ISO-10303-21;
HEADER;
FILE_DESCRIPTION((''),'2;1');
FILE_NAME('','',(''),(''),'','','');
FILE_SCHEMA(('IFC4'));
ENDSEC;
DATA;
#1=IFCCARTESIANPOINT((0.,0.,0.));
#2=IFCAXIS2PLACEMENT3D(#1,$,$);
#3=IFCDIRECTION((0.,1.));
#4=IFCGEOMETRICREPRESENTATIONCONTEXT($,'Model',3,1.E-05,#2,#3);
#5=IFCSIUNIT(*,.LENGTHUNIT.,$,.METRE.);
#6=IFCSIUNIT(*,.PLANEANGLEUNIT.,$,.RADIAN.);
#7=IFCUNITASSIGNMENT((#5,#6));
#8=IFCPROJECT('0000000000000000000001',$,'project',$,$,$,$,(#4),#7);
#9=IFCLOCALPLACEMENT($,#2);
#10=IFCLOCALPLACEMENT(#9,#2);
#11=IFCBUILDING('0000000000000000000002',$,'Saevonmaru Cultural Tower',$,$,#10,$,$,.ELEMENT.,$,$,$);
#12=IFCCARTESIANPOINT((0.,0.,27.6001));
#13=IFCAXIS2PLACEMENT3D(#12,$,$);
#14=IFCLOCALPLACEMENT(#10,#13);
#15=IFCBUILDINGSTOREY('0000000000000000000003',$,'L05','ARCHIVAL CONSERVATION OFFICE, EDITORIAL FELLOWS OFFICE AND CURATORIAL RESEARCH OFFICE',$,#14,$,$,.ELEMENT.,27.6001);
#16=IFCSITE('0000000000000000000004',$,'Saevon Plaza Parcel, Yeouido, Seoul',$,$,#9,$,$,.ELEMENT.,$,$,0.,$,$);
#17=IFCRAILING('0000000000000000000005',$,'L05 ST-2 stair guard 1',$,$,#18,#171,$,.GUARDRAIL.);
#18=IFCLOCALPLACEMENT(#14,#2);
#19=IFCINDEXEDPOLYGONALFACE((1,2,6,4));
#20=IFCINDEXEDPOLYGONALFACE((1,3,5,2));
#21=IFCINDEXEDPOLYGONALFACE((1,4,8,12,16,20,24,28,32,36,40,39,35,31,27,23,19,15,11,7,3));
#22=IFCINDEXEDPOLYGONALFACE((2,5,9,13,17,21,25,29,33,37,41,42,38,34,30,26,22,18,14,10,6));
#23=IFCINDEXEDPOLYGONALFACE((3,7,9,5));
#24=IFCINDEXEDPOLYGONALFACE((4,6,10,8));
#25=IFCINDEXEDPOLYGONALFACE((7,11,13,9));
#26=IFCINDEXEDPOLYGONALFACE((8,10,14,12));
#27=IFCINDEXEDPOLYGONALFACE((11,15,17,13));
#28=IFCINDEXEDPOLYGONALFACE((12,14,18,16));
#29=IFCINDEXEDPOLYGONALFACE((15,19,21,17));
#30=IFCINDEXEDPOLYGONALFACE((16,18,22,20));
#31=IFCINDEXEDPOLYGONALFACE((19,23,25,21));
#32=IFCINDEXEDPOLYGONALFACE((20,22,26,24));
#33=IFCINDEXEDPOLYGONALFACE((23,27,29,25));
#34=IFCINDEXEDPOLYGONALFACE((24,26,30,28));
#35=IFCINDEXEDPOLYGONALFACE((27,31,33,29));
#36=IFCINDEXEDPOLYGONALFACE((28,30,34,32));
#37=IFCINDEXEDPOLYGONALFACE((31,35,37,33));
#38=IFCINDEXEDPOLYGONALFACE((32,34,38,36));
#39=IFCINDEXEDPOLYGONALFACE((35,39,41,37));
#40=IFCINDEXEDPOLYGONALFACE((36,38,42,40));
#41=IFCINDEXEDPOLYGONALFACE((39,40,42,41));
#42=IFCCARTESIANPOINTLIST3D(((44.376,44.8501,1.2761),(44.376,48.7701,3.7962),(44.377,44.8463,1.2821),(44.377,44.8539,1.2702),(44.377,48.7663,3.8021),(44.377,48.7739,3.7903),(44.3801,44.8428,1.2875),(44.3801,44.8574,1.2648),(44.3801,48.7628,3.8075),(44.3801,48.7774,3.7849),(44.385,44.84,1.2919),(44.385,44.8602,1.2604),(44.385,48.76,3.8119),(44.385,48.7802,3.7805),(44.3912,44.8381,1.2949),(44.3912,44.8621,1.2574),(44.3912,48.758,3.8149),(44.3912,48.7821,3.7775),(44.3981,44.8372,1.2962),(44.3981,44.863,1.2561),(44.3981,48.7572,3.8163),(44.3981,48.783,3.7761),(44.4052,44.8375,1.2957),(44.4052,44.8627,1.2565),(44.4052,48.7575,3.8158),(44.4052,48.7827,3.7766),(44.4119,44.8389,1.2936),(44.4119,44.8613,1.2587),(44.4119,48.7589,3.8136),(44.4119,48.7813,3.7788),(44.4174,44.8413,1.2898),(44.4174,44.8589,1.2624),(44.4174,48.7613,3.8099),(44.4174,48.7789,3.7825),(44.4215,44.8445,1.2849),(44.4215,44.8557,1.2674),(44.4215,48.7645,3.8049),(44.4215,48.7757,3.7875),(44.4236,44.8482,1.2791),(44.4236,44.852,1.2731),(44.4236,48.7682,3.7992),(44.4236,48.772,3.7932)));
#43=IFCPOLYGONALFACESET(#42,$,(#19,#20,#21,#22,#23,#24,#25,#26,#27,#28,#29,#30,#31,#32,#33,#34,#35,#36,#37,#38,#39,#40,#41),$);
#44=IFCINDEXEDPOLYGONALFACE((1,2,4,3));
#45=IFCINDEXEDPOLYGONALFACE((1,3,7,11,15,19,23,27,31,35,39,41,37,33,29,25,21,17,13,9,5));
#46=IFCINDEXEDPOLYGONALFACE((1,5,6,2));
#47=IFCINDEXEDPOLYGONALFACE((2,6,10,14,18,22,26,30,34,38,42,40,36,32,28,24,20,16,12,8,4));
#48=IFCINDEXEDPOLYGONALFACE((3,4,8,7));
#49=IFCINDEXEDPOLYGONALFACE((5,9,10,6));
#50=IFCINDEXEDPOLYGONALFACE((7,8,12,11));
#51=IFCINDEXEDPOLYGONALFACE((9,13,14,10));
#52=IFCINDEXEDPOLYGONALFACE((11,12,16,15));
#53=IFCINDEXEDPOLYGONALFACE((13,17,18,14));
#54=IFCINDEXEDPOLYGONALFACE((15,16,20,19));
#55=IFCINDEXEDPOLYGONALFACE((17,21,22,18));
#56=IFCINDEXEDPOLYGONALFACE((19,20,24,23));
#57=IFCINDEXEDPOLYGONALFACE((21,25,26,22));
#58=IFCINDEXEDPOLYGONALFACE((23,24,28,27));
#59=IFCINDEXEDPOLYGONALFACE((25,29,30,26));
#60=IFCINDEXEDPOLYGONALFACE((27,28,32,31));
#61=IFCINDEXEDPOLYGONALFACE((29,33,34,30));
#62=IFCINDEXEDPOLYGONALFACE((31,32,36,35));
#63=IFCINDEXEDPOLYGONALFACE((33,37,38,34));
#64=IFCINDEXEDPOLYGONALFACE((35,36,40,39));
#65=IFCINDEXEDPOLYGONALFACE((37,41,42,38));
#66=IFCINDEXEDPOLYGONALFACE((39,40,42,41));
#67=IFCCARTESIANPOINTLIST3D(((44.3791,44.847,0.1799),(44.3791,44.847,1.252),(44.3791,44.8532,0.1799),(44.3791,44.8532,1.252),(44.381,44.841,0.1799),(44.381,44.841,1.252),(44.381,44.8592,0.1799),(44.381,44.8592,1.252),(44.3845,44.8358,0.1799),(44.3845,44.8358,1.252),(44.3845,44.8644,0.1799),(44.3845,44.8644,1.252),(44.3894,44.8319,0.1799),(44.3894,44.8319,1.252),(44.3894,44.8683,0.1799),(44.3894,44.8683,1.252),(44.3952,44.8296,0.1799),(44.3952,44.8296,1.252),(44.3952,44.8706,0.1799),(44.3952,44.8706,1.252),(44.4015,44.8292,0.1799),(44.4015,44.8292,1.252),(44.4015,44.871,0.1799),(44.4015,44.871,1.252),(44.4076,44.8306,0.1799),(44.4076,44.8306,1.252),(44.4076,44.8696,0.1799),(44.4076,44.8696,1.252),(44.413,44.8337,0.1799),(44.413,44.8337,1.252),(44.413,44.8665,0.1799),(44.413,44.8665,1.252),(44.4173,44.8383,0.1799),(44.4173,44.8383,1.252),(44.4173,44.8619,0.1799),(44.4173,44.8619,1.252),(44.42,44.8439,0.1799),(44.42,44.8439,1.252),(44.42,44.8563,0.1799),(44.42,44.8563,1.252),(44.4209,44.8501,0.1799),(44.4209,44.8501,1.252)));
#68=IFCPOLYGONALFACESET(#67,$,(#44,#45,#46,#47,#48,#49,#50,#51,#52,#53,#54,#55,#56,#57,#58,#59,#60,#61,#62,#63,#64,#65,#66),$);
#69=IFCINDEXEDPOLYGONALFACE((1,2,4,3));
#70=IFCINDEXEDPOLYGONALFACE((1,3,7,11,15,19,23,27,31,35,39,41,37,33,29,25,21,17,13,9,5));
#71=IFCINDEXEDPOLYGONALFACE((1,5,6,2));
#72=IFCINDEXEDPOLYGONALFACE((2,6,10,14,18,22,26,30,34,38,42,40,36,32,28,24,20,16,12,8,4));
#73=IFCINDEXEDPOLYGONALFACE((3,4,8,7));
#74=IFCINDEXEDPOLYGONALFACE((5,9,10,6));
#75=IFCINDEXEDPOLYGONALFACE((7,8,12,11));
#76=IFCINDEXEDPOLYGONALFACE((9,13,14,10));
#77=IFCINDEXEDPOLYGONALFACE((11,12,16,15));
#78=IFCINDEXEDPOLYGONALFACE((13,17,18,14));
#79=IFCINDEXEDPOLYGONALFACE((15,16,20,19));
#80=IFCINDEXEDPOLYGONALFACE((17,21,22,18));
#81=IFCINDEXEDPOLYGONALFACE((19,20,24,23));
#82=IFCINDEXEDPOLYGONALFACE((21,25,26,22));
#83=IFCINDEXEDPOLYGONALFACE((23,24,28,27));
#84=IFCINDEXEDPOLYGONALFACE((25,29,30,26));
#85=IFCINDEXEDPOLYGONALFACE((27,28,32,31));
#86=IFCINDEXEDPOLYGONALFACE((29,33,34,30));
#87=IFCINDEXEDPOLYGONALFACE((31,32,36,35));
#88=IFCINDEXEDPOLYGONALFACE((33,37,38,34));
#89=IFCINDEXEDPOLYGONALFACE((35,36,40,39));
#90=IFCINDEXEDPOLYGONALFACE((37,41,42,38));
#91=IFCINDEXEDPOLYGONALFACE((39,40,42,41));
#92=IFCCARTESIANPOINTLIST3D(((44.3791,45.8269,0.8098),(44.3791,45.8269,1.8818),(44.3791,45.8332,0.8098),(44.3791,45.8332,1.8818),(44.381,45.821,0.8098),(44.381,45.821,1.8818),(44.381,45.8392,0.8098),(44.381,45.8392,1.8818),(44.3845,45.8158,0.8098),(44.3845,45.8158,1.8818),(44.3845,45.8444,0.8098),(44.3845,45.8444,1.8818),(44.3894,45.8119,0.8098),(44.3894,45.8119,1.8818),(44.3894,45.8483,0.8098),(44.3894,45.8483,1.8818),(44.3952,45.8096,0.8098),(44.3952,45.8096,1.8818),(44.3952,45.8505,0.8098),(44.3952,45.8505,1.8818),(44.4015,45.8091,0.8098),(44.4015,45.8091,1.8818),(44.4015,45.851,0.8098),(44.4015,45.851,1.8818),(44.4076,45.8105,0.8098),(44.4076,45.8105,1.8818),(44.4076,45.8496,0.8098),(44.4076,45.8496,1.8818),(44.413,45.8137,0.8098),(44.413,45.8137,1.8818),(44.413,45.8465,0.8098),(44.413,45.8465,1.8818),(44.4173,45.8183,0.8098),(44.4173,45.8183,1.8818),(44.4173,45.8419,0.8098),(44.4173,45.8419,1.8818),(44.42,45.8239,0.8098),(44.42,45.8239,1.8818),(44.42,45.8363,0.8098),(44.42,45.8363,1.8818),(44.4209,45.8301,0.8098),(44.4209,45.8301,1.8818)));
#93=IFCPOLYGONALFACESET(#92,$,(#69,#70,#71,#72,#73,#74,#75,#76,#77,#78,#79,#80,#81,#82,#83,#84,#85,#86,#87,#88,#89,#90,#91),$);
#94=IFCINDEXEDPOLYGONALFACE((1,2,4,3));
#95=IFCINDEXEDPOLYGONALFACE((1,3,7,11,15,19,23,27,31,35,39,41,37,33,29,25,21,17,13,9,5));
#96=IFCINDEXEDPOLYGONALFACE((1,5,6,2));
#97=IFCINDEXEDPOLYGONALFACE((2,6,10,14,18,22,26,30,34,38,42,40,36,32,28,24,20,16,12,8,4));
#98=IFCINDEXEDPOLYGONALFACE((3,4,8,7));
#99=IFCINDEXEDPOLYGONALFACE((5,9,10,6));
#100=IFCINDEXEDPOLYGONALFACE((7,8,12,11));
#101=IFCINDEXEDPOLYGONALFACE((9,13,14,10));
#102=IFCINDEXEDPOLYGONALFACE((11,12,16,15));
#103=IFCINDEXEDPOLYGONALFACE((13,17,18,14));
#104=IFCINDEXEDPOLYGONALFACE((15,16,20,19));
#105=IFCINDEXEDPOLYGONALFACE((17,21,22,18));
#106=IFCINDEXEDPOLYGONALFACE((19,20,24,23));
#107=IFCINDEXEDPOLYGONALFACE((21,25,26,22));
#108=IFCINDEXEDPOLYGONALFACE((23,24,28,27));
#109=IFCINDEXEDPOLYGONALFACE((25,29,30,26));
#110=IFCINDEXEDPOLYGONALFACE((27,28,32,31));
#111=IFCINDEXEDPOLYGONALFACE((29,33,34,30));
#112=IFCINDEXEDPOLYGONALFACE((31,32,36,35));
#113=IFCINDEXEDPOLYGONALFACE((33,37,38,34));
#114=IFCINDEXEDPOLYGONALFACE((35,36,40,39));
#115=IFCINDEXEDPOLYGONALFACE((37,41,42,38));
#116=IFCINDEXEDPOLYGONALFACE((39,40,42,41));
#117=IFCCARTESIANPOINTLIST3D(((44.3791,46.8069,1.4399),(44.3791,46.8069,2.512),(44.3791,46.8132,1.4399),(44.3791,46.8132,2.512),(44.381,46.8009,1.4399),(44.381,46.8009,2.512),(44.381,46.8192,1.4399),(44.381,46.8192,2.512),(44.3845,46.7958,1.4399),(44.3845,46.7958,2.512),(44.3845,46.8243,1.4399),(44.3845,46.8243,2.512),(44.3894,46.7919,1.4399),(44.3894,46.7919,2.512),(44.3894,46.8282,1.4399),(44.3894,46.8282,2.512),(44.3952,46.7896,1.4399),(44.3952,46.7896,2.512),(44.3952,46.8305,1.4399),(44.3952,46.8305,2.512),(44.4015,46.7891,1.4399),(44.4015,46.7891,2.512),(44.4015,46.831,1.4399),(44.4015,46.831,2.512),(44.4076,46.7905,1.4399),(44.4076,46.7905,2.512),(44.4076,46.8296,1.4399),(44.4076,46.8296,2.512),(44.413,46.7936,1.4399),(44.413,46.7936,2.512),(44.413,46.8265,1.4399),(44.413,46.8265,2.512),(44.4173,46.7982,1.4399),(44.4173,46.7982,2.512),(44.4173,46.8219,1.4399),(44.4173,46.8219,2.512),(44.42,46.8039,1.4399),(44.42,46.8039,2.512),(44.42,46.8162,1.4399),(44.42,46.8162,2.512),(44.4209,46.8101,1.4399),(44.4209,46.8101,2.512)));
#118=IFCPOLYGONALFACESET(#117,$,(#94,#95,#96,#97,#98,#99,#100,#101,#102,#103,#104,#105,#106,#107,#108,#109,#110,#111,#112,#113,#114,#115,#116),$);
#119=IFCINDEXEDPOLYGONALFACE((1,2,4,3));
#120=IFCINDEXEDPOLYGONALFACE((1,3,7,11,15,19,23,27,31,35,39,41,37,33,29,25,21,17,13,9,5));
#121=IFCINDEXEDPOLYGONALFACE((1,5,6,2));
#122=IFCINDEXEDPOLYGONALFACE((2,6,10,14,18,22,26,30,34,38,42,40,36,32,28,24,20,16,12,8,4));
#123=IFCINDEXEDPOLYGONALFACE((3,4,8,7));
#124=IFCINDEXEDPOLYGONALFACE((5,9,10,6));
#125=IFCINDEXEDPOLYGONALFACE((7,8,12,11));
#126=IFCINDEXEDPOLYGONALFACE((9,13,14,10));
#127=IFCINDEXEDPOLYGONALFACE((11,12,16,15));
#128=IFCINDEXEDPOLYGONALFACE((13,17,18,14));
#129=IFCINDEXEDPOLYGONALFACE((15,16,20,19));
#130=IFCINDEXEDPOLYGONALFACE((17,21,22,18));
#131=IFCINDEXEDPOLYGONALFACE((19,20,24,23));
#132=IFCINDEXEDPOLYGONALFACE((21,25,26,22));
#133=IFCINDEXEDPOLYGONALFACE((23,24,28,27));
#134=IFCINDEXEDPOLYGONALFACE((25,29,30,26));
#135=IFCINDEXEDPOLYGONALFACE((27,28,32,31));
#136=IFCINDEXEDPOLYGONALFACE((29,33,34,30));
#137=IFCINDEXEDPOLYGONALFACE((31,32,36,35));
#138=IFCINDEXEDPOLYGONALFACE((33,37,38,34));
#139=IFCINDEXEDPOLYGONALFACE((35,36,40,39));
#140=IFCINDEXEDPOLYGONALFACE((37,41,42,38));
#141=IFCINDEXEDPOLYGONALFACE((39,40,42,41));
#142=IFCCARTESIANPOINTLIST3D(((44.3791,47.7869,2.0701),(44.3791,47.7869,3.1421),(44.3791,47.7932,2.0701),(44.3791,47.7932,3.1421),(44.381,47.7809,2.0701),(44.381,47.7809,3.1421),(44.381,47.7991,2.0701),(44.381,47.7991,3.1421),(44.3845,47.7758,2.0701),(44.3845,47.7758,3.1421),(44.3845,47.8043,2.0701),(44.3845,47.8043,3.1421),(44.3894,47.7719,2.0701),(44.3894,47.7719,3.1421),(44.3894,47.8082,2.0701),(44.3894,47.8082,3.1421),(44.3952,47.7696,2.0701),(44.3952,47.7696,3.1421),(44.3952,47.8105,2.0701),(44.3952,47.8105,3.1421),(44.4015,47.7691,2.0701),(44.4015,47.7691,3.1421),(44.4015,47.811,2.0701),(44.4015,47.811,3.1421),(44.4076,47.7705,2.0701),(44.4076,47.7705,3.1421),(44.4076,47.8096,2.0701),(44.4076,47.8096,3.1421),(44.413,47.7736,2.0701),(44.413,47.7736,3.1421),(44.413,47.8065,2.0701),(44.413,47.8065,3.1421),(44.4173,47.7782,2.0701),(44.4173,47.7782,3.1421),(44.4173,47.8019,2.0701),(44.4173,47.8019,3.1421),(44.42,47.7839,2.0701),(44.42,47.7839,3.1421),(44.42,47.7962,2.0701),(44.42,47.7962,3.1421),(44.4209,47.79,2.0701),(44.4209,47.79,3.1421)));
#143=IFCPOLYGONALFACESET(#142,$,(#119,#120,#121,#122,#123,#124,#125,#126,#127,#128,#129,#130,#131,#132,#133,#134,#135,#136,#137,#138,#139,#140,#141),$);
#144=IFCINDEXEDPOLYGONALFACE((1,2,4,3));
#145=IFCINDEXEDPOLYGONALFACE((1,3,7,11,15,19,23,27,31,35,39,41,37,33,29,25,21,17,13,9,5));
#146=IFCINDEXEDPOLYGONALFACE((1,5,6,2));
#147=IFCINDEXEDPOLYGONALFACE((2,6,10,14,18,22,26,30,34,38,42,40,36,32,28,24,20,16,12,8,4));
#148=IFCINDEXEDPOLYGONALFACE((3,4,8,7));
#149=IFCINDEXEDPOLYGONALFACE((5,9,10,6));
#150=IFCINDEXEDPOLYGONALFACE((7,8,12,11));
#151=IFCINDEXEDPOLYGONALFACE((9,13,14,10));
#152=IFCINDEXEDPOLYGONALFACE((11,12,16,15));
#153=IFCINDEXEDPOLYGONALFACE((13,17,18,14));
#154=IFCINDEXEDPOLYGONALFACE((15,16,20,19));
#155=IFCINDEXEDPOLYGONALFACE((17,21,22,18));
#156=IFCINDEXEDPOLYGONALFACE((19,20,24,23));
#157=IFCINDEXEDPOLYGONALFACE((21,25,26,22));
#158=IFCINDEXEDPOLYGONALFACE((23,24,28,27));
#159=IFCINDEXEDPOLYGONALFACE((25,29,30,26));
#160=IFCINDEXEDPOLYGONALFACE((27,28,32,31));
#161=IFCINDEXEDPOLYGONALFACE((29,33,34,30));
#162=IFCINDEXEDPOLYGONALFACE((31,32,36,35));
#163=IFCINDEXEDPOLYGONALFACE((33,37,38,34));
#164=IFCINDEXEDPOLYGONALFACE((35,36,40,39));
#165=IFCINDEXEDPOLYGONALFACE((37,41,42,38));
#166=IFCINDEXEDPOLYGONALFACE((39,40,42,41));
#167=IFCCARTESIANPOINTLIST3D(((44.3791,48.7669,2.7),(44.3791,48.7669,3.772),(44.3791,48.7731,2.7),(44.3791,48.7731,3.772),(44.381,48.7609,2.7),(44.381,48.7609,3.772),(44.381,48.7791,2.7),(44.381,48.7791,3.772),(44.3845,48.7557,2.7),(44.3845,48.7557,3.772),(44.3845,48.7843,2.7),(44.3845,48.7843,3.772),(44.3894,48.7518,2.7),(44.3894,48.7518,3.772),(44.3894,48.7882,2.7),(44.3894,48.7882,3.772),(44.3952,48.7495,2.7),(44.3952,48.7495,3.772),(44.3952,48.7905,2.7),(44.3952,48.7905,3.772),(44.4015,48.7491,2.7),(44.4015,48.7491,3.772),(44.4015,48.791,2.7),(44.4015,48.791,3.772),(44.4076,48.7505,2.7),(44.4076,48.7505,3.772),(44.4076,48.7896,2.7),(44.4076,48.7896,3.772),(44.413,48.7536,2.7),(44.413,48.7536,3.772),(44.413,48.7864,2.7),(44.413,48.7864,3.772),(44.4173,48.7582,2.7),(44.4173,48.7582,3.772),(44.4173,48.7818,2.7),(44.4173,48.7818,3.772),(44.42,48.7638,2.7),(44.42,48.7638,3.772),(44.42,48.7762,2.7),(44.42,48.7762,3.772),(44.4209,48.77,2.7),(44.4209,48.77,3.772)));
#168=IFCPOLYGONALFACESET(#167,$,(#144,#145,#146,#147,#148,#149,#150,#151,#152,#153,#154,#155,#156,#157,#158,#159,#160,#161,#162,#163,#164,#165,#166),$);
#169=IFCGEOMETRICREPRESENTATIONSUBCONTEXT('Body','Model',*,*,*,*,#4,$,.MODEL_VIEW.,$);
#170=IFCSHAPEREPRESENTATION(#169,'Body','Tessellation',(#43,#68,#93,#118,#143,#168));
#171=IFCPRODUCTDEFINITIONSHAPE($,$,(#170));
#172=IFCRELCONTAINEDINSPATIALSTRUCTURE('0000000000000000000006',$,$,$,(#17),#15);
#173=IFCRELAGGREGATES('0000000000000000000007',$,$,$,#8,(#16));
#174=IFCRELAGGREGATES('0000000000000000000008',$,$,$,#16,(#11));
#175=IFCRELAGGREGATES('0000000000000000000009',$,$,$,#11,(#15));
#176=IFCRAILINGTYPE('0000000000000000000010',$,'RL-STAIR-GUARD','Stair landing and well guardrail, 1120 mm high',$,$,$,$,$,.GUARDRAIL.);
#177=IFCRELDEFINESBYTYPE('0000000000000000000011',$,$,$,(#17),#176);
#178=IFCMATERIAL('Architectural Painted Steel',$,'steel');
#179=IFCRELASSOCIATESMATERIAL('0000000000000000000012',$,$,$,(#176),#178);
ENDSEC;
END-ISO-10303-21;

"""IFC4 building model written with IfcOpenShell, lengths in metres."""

from ifc_helpers import new_model, si_unit, direction, frame, origin, origin_2d, place, context, subcontext, project, spatial, circle, extrude, material, type_object, element, save


model = new_model("IFC4")

# Units and contexts
model_context = context("Model", 3, precision=1e-05, world=origin(), true_north=direction((0.0, 1.0)))
body_context = subcontext(model_context, "Body", "Model", "MODEL_VIEW")
ifc_project = project(units=[si_unit("LENGTHUNIT", "METRE"), si_unit("PLANEANGLEUNIT", "RADIAN")], contexts=[model_context])

# Site, building, storey
site_placement = place(None, origin())
site = spatial("IfcSite", under=ifc_project, at=site_placement, Name="Saevon Plaza Parcel, Yeouido, Seoul", CompositionType="ELEMENT", RefElevation=0.0)
building_placement = place(site_placement, origin())
building = spatial("IfcBuilding", under=site, at=building_placement, Name="Saevonmaru Cultural Tower", CompositionType="ELEMENT")
storey_placement = place(building_placement, frame((0.0, 0.0, 27.6001)))
storey = spatial("IfcBuildingStorey", under=building, at=storey_placement, Name="L05", Description="ARCHIVAL CONSERVATION OFFICE, EDITORIAL FELLOWS OFFICE AND CURATORIAL RESEARCH OFFICE", CompositionType="ELEMENT", Elevation=27.6001)

# Railing
ifc_material_1 = material(Name="Architectural Painted Steel", Category="steel")
railing_type_1 = type_object("IfcRailingType", Name="RL-STAIR-GUARD", Description="Stair landing and well guardrail, 1120 mm high", PredefinedType="GUARDRAIL", material=ifc_material_1)
railing_1_placement = place(storey_placement, frame((44.3999, 44.8501, 0.1799)))
element("IfcRailing", 1, at=railing_1_placement, inside=storey, type_object=railing_type_1, Name="L05 ST-2 stair guard 1", PredefinedType="GUARDRAIL", context=body_context, shape_type="SweptSolid", body=[
    extrude(circle(Radius=0.0239, at=origin_2d()), frame((0.0, 0.0, 1.0962), z_axis=(0.0, 0.841172, 0.540768), x_axis=(-1.0, 0.0, 0.0)), (0.0, 0.0, 1.0), 4.6602),
    extrude(circle(Radius=0.021, at=origin_2d()), origin(), (0.0, 0.0, 1.0), 1.072),
    extrude(circle(Radius=0.021, at=origin_2d()), frame((0.0, 0.98, 0.6299)), (0.0, 0.0, 1.0), 1.072),
    extrude(circle(Radius=0.021, at=origin_2d()), frame((0.0, 1.96, 1.26)), (0.0, 0.0, 1.0), 1.072),
    extrude(circle(Radius=0.021, at=origin_2d()), frame((0.0, 2.9399, 1.8901)), (0.0, 0.0, 1.0), 1.072),
    extrude(circle(Radius=0.021, at=origin_2d()), frame((0.0, 3.9199, 2.52)), (0.0, 0.0, 1.0), 1.072),
])

save(model, "model.ifc")
